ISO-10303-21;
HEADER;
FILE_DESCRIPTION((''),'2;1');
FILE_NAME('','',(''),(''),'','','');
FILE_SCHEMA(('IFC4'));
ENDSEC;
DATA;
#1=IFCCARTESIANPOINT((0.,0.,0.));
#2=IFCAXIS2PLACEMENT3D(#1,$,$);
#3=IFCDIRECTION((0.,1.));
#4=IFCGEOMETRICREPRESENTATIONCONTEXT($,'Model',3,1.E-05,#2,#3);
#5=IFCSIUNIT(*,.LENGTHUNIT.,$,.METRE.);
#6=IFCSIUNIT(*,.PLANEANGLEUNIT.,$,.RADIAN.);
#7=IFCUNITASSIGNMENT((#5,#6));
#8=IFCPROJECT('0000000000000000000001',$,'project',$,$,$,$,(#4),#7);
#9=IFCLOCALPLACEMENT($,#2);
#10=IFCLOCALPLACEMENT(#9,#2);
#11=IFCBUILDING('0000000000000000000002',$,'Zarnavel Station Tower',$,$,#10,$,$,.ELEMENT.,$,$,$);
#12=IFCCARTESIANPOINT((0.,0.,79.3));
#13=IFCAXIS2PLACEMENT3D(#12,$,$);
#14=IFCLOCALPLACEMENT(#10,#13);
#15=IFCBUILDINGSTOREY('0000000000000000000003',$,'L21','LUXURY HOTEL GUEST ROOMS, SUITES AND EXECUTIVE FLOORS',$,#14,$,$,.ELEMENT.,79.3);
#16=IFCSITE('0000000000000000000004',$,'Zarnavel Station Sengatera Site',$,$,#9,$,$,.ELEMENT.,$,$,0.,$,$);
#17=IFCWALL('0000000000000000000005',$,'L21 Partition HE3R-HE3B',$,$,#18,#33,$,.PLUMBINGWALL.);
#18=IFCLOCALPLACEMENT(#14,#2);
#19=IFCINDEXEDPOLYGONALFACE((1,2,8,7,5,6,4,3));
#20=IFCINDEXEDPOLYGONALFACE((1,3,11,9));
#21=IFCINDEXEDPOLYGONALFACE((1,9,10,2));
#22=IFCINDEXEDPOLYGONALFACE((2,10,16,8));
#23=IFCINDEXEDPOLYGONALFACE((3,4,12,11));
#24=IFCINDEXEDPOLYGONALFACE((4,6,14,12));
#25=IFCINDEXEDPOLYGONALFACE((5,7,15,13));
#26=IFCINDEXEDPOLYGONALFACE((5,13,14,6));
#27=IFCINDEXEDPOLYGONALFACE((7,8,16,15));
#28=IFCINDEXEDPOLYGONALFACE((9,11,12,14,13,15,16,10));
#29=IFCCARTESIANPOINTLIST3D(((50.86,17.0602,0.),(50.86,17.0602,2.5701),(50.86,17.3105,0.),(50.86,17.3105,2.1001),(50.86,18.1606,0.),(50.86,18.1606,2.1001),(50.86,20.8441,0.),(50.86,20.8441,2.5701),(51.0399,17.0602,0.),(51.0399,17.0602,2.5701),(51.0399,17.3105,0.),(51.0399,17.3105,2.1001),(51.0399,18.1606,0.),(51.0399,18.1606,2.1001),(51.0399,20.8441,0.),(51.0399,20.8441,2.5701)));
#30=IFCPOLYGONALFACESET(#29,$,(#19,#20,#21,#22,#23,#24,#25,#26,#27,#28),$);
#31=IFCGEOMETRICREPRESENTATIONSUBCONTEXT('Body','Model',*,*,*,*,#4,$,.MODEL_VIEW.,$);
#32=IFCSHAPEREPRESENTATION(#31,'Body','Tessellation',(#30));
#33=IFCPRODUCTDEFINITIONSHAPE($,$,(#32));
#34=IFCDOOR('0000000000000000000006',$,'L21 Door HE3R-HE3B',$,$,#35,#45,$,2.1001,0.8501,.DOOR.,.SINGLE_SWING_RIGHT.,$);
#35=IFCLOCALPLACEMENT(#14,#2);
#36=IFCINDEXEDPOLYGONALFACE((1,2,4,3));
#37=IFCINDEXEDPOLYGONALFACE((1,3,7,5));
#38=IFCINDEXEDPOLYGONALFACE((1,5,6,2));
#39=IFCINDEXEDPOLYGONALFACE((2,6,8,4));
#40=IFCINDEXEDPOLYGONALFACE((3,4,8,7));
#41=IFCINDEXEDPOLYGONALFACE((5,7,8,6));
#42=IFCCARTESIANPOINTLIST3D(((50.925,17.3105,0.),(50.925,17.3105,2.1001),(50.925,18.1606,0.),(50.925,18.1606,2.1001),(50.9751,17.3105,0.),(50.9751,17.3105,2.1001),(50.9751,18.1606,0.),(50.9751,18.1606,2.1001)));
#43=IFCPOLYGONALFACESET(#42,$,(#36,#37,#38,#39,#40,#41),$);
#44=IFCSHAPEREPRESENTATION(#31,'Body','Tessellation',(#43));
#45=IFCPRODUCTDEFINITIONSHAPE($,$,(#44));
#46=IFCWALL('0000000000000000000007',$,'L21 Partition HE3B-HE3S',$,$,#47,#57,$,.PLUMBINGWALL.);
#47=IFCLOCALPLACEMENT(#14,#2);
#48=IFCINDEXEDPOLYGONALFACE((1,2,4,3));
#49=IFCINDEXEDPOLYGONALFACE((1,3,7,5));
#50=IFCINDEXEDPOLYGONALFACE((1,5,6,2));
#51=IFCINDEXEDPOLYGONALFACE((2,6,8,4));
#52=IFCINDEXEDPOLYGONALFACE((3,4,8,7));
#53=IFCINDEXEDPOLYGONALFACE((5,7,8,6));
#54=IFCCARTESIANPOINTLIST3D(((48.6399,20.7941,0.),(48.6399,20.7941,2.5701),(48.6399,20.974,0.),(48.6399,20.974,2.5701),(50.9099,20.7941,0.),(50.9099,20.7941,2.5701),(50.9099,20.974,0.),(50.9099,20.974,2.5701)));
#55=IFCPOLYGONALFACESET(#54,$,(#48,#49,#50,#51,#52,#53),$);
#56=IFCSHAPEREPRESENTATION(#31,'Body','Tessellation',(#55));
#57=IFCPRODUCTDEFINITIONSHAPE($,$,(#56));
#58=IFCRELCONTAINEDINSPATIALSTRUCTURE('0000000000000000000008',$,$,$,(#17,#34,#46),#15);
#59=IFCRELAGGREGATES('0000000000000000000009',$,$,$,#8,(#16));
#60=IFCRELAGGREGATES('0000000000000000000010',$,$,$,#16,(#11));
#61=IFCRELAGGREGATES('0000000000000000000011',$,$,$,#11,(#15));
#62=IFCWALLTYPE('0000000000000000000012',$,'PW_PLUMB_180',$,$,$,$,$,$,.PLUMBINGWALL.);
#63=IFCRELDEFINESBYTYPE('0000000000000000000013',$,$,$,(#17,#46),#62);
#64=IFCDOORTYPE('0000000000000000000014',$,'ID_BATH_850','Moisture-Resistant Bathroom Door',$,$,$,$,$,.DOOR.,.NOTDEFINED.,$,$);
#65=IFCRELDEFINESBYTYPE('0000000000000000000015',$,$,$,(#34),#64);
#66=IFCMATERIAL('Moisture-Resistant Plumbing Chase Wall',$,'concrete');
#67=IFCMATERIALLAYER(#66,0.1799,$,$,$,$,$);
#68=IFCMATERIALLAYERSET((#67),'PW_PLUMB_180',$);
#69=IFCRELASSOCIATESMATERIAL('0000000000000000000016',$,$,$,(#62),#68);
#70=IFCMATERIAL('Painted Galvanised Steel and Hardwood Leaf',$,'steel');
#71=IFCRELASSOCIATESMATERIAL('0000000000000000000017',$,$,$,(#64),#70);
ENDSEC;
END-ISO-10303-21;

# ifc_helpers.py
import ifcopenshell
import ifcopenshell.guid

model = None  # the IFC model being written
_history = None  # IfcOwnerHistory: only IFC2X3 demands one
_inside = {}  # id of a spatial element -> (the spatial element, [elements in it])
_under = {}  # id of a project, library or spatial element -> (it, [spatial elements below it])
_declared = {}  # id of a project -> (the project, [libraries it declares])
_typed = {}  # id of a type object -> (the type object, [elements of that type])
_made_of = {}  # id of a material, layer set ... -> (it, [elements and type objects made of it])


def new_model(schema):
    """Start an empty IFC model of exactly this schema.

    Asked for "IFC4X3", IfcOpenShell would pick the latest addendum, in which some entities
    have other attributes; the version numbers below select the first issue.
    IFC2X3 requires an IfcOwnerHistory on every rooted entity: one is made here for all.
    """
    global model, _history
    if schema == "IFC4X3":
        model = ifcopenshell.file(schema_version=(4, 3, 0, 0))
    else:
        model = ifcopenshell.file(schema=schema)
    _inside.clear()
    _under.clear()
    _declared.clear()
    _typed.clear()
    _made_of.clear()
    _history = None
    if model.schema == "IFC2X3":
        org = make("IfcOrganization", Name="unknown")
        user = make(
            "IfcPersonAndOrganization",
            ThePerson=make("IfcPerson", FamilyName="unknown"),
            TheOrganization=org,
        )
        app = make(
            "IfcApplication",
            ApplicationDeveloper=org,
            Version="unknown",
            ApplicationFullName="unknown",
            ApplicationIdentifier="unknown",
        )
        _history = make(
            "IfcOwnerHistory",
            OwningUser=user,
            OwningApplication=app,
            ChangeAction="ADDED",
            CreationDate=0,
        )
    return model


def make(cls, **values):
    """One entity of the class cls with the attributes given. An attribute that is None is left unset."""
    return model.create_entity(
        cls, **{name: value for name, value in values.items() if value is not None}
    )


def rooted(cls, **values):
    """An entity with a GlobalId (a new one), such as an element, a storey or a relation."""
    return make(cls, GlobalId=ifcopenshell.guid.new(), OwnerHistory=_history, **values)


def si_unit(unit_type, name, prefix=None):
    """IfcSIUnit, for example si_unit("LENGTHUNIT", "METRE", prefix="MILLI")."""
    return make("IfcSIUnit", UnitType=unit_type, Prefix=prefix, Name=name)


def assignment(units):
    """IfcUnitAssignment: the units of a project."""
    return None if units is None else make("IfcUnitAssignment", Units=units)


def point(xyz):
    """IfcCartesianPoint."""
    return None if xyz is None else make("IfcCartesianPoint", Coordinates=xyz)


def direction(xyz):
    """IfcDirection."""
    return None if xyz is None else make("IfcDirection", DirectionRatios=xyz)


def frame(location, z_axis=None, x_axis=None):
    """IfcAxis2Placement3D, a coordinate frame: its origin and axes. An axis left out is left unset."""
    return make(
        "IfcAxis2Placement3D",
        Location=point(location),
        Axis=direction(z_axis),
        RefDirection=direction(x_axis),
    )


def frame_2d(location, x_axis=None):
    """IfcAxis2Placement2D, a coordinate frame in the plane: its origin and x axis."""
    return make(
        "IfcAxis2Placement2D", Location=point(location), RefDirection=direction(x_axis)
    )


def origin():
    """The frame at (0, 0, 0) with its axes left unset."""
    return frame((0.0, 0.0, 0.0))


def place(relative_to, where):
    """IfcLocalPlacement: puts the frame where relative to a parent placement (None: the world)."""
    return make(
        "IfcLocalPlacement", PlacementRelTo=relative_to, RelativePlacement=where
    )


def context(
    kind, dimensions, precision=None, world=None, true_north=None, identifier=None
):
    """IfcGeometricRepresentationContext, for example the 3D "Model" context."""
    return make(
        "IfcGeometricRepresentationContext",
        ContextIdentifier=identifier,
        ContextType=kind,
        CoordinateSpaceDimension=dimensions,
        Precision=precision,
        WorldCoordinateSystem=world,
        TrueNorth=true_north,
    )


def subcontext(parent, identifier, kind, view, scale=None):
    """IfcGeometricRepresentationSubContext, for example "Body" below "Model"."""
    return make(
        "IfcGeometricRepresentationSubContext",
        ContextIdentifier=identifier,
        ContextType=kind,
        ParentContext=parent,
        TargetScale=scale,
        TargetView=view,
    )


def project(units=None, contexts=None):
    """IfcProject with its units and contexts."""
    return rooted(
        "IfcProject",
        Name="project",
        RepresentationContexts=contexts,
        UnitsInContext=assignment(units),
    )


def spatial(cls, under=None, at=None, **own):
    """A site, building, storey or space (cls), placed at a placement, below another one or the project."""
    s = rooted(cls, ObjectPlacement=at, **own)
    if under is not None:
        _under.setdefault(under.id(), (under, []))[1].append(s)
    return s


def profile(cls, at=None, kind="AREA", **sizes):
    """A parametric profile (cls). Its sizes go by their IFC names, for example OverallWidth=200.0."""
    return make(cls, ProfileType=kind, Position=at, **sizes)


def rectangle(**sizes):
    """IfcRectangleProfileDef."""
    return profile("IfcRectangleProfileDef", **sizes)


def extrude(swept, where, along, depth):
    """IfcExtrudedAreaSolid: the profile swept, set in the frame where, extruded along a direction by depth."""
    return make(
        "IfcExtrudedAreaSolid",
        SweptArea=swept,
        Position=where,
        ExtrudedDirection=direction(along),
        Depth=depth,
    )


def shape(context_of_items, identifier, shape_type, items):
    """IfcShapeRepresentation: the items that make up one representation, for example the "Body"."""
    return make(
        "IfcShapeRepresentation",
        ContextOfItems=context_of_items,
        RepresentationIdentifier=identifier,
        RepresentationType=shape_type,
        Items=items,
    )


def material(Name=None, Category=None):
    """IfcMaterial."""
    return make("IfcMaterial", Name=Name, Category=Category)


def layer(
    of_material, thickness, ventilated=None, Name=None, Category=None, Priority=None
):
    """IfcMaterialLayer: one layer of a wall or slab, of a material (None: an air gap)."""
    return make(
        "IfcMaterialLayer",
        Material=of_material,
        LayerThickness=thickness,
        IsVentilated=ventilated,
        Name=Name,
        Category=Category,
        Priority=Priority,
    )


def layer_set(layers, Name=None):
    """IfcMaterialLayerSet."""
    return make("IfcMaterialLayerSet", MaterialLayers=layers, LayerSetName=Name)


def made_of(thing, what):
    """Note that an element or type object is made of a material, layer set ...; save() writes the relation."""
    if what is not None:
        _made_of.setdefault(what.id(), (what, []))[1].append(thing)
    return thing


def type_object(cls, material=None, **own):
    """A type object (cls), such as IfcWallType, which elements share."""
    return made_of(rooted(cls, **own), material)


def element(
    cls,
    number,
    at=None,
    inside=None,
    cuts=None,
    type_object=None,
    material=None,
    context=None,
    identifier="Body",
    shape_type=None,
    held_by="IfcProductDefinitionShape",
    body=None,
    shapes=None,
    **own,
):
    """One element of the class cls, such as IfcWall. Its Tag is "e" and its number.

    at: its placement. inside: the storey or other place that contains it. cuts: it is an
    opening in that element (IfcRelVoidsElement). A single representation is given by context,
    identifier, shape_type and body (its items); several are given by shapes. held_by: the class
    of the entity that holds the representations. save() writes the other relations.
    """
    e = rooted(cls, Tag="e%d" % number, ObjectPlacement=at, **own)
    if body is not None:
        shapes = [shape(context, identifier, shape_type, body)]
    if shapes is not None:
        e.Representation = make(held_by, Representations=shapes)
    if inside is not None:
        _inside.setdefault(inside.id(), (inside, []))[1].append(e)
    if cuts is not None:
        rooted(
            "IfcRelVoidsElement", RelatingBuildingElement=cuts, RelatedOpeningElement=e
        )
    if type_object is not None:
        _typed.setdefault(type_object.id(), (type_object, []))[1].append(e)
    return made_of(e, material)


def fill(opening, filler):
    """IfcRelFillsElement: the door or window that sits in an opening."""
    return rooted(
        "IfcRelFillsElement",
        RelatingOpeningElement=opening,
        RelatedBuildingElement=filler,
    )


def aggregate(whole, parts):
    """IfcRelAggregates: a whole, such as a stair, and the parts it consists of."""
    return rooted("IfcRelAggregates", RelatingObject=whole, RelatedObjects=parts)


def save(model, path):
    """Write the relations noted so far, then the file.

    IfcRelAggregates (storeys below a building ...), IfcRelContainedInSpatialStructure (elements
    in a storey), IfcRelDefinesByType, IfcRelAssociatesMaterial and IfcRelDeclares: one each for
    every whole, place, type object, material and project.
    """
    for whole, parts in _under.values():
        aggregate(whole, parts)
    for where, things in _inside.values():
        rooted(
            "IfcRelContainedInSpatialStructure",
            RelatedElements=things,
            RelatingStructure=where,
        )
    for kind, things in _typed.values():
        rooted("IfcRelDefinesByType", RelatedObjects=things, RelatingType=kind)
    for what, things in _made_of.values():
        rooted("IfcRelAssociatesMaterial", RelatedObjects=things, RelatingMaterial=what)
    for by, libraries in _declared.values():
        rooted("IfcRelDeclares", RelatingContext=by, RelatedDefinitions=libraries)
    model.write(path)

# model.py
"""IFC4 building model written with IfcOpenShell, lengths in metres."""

from ifc_helpers import new_model, si_unit, direction, frame, frame_2d, origin, place, context, subcontext, project, spatial, rectangle, extrude, material, layer, layer_set, type_object, element, fill, save


model = new_model("IFC4")

# Units and contexts
model_context = context("Model", 3, precision=1e-05, world=origin(), true_north=direction((0.0, 1.0)))
body_context = subcontext(model_context, "Body", "Model", "MODEL_VIEW")
ifc_project = project(units=[si_unit("LENGTHUNIT", "METRE"), si_unit("PLANEANGLEUNIT", "RADIAN")], contexts=[model_context])

# Site, building, storey
site_placement = place(None, origin())
site = spatial("IfcSite", under=ifc_project, at=site_placement, Name="Zarnavel Station Sengatera Site", CompositionType="ELEMENT", RefElevation=0.0)
building_placement = place(site_placement, origin())
building = spatial("IfcBuilding", under=site, at=building_placement, Name="Zarnavel Station Tower", CompositionType="ELEMENT")
storey_placement = place(building_placement, frame((0.0, 0.0, 79.3)))
storey = spatial("IfcBuildingStorey", under=building, at=storey_placement, Name="L21", Description="LUXURY HOTEL GUEST ROOMS, SUITES AND EXECUTIVE FLOORS", CompositionType="ELEMENT", Elevation=79.3)

# Shared definitions
ifc_material_1 = material(Name="Moisture-Resistant Plumbing Chase Wall", Category="concrete")
ifc_layer_1 = layer(ifc_material_1, 0.1799)
ifc_layer_set_1 = layer_set([ifc_layer_1], Name="PW_PLUMB_180")
wall_type_1 = type_object("IfcWallType", Name="PW_PLUMB_180", PredefinedType="PLUMBINGWALL", material=ifc_layer_set_1)

# Wall, opening, door
wall_1_placement = place(storey_placement, frame((50.95, 17.0601, 0.0), z_axis=(0.0, 0.0, 1.0), x_axis=(0.0, 1.0, 0.0)))
wall_1 = element("IfcWall", 1, at=wall_1_placement, inside=storey, type_object=wall_type_1, Name="L21 Partition HE3R-HE3B", PredefinedType="PLUMBINGWALL", context=body_context, shape_type="SweptSolid", body=[
    extrude(rectangle(XDim=3.7839, YDim=0.1799, at=frame_2d((1.8921, 0.0))), origin(), (0.0, 0.0, 1.0), 2.5701),
])
opening_1_placement = place(wall_1_placement, frame((0.2505, 0.0, 0.0)))
opening_1 = element("IfcOpeningElement", 2, at=opening_1_placement, cuts=wall_1, PredefinedType="OPENING", context=body_context, shape_type="SweptSolid", body=[
    extrude(rectangle(XDim=0.8501, YDim=2.1001, at=frame_2d((0.425, 1.05))), frame((0.0, 0.0999, 0.0), z_axis=(0.0, -1.0, 0.0), x_axis=(1.0, 0.0, 0.0)), (0.0, 0.0, 1.0), 0.2),
])
ifc_material_2 = material(Name="Painted Galvanised Steel and Hardwood Leaf", Category="steel")
door_type = type_object("IfcDoorType", Name="ID_BATH_850", Description="Moisture-Resistant Bathroom Door", OperationType="NOTDEFINED", PredefinedType="DOOR", material=ifc_material_2)
door_placement = place(opening_1_placement, origin())
door = element("IfcDoor", 3, at=door_placement, inside=storey, type_object=door_type, Name="L21 Door HE3R-HE3B", OperationType="SINGLE_SWING_RIGHT", OverallHeight=2.1001, OverallWidth=0.8501, PredefinedType="DOOR", context=body_context, shape_type="SweptSolid", body=[
    extrude(rectangle(XDim=0.8501, YDim=2.1001, at=frame_2d((0.425, 1.05))), frame((0.0, 0.0249, 0.0), z_axis=(0.0, -1.0, 0.0), x_axis=(1.0, 0.0, 0.0)), (0.0, 0.0, 1.0), 0.05),
])
fill(opening_1, door)

# Wall
wall_2_placement = place(storey_placement, frame((48.6399, 20.884, 0.0), z_axis=(0.0, 0.0, 1.0), x_axis=(1.0, 0.0, 0.0)))
element("IfcWall", 4, at=wall_2_placement, inside=storey, type_object=wall_type_1, Name="L21 Partition HE3B-HE3S", PredefinedType="PLUMBINGWALL", context=body_context, shape_type="SweptSolid", body=[
    extrude(rectangle(XDim=2.27, YDim=0.1799, at=frame_2d((1.135, 0.0))), origin(), (0.0, 0.0, 1.0), 2.5701),
])

save(model, "model.ifc")
